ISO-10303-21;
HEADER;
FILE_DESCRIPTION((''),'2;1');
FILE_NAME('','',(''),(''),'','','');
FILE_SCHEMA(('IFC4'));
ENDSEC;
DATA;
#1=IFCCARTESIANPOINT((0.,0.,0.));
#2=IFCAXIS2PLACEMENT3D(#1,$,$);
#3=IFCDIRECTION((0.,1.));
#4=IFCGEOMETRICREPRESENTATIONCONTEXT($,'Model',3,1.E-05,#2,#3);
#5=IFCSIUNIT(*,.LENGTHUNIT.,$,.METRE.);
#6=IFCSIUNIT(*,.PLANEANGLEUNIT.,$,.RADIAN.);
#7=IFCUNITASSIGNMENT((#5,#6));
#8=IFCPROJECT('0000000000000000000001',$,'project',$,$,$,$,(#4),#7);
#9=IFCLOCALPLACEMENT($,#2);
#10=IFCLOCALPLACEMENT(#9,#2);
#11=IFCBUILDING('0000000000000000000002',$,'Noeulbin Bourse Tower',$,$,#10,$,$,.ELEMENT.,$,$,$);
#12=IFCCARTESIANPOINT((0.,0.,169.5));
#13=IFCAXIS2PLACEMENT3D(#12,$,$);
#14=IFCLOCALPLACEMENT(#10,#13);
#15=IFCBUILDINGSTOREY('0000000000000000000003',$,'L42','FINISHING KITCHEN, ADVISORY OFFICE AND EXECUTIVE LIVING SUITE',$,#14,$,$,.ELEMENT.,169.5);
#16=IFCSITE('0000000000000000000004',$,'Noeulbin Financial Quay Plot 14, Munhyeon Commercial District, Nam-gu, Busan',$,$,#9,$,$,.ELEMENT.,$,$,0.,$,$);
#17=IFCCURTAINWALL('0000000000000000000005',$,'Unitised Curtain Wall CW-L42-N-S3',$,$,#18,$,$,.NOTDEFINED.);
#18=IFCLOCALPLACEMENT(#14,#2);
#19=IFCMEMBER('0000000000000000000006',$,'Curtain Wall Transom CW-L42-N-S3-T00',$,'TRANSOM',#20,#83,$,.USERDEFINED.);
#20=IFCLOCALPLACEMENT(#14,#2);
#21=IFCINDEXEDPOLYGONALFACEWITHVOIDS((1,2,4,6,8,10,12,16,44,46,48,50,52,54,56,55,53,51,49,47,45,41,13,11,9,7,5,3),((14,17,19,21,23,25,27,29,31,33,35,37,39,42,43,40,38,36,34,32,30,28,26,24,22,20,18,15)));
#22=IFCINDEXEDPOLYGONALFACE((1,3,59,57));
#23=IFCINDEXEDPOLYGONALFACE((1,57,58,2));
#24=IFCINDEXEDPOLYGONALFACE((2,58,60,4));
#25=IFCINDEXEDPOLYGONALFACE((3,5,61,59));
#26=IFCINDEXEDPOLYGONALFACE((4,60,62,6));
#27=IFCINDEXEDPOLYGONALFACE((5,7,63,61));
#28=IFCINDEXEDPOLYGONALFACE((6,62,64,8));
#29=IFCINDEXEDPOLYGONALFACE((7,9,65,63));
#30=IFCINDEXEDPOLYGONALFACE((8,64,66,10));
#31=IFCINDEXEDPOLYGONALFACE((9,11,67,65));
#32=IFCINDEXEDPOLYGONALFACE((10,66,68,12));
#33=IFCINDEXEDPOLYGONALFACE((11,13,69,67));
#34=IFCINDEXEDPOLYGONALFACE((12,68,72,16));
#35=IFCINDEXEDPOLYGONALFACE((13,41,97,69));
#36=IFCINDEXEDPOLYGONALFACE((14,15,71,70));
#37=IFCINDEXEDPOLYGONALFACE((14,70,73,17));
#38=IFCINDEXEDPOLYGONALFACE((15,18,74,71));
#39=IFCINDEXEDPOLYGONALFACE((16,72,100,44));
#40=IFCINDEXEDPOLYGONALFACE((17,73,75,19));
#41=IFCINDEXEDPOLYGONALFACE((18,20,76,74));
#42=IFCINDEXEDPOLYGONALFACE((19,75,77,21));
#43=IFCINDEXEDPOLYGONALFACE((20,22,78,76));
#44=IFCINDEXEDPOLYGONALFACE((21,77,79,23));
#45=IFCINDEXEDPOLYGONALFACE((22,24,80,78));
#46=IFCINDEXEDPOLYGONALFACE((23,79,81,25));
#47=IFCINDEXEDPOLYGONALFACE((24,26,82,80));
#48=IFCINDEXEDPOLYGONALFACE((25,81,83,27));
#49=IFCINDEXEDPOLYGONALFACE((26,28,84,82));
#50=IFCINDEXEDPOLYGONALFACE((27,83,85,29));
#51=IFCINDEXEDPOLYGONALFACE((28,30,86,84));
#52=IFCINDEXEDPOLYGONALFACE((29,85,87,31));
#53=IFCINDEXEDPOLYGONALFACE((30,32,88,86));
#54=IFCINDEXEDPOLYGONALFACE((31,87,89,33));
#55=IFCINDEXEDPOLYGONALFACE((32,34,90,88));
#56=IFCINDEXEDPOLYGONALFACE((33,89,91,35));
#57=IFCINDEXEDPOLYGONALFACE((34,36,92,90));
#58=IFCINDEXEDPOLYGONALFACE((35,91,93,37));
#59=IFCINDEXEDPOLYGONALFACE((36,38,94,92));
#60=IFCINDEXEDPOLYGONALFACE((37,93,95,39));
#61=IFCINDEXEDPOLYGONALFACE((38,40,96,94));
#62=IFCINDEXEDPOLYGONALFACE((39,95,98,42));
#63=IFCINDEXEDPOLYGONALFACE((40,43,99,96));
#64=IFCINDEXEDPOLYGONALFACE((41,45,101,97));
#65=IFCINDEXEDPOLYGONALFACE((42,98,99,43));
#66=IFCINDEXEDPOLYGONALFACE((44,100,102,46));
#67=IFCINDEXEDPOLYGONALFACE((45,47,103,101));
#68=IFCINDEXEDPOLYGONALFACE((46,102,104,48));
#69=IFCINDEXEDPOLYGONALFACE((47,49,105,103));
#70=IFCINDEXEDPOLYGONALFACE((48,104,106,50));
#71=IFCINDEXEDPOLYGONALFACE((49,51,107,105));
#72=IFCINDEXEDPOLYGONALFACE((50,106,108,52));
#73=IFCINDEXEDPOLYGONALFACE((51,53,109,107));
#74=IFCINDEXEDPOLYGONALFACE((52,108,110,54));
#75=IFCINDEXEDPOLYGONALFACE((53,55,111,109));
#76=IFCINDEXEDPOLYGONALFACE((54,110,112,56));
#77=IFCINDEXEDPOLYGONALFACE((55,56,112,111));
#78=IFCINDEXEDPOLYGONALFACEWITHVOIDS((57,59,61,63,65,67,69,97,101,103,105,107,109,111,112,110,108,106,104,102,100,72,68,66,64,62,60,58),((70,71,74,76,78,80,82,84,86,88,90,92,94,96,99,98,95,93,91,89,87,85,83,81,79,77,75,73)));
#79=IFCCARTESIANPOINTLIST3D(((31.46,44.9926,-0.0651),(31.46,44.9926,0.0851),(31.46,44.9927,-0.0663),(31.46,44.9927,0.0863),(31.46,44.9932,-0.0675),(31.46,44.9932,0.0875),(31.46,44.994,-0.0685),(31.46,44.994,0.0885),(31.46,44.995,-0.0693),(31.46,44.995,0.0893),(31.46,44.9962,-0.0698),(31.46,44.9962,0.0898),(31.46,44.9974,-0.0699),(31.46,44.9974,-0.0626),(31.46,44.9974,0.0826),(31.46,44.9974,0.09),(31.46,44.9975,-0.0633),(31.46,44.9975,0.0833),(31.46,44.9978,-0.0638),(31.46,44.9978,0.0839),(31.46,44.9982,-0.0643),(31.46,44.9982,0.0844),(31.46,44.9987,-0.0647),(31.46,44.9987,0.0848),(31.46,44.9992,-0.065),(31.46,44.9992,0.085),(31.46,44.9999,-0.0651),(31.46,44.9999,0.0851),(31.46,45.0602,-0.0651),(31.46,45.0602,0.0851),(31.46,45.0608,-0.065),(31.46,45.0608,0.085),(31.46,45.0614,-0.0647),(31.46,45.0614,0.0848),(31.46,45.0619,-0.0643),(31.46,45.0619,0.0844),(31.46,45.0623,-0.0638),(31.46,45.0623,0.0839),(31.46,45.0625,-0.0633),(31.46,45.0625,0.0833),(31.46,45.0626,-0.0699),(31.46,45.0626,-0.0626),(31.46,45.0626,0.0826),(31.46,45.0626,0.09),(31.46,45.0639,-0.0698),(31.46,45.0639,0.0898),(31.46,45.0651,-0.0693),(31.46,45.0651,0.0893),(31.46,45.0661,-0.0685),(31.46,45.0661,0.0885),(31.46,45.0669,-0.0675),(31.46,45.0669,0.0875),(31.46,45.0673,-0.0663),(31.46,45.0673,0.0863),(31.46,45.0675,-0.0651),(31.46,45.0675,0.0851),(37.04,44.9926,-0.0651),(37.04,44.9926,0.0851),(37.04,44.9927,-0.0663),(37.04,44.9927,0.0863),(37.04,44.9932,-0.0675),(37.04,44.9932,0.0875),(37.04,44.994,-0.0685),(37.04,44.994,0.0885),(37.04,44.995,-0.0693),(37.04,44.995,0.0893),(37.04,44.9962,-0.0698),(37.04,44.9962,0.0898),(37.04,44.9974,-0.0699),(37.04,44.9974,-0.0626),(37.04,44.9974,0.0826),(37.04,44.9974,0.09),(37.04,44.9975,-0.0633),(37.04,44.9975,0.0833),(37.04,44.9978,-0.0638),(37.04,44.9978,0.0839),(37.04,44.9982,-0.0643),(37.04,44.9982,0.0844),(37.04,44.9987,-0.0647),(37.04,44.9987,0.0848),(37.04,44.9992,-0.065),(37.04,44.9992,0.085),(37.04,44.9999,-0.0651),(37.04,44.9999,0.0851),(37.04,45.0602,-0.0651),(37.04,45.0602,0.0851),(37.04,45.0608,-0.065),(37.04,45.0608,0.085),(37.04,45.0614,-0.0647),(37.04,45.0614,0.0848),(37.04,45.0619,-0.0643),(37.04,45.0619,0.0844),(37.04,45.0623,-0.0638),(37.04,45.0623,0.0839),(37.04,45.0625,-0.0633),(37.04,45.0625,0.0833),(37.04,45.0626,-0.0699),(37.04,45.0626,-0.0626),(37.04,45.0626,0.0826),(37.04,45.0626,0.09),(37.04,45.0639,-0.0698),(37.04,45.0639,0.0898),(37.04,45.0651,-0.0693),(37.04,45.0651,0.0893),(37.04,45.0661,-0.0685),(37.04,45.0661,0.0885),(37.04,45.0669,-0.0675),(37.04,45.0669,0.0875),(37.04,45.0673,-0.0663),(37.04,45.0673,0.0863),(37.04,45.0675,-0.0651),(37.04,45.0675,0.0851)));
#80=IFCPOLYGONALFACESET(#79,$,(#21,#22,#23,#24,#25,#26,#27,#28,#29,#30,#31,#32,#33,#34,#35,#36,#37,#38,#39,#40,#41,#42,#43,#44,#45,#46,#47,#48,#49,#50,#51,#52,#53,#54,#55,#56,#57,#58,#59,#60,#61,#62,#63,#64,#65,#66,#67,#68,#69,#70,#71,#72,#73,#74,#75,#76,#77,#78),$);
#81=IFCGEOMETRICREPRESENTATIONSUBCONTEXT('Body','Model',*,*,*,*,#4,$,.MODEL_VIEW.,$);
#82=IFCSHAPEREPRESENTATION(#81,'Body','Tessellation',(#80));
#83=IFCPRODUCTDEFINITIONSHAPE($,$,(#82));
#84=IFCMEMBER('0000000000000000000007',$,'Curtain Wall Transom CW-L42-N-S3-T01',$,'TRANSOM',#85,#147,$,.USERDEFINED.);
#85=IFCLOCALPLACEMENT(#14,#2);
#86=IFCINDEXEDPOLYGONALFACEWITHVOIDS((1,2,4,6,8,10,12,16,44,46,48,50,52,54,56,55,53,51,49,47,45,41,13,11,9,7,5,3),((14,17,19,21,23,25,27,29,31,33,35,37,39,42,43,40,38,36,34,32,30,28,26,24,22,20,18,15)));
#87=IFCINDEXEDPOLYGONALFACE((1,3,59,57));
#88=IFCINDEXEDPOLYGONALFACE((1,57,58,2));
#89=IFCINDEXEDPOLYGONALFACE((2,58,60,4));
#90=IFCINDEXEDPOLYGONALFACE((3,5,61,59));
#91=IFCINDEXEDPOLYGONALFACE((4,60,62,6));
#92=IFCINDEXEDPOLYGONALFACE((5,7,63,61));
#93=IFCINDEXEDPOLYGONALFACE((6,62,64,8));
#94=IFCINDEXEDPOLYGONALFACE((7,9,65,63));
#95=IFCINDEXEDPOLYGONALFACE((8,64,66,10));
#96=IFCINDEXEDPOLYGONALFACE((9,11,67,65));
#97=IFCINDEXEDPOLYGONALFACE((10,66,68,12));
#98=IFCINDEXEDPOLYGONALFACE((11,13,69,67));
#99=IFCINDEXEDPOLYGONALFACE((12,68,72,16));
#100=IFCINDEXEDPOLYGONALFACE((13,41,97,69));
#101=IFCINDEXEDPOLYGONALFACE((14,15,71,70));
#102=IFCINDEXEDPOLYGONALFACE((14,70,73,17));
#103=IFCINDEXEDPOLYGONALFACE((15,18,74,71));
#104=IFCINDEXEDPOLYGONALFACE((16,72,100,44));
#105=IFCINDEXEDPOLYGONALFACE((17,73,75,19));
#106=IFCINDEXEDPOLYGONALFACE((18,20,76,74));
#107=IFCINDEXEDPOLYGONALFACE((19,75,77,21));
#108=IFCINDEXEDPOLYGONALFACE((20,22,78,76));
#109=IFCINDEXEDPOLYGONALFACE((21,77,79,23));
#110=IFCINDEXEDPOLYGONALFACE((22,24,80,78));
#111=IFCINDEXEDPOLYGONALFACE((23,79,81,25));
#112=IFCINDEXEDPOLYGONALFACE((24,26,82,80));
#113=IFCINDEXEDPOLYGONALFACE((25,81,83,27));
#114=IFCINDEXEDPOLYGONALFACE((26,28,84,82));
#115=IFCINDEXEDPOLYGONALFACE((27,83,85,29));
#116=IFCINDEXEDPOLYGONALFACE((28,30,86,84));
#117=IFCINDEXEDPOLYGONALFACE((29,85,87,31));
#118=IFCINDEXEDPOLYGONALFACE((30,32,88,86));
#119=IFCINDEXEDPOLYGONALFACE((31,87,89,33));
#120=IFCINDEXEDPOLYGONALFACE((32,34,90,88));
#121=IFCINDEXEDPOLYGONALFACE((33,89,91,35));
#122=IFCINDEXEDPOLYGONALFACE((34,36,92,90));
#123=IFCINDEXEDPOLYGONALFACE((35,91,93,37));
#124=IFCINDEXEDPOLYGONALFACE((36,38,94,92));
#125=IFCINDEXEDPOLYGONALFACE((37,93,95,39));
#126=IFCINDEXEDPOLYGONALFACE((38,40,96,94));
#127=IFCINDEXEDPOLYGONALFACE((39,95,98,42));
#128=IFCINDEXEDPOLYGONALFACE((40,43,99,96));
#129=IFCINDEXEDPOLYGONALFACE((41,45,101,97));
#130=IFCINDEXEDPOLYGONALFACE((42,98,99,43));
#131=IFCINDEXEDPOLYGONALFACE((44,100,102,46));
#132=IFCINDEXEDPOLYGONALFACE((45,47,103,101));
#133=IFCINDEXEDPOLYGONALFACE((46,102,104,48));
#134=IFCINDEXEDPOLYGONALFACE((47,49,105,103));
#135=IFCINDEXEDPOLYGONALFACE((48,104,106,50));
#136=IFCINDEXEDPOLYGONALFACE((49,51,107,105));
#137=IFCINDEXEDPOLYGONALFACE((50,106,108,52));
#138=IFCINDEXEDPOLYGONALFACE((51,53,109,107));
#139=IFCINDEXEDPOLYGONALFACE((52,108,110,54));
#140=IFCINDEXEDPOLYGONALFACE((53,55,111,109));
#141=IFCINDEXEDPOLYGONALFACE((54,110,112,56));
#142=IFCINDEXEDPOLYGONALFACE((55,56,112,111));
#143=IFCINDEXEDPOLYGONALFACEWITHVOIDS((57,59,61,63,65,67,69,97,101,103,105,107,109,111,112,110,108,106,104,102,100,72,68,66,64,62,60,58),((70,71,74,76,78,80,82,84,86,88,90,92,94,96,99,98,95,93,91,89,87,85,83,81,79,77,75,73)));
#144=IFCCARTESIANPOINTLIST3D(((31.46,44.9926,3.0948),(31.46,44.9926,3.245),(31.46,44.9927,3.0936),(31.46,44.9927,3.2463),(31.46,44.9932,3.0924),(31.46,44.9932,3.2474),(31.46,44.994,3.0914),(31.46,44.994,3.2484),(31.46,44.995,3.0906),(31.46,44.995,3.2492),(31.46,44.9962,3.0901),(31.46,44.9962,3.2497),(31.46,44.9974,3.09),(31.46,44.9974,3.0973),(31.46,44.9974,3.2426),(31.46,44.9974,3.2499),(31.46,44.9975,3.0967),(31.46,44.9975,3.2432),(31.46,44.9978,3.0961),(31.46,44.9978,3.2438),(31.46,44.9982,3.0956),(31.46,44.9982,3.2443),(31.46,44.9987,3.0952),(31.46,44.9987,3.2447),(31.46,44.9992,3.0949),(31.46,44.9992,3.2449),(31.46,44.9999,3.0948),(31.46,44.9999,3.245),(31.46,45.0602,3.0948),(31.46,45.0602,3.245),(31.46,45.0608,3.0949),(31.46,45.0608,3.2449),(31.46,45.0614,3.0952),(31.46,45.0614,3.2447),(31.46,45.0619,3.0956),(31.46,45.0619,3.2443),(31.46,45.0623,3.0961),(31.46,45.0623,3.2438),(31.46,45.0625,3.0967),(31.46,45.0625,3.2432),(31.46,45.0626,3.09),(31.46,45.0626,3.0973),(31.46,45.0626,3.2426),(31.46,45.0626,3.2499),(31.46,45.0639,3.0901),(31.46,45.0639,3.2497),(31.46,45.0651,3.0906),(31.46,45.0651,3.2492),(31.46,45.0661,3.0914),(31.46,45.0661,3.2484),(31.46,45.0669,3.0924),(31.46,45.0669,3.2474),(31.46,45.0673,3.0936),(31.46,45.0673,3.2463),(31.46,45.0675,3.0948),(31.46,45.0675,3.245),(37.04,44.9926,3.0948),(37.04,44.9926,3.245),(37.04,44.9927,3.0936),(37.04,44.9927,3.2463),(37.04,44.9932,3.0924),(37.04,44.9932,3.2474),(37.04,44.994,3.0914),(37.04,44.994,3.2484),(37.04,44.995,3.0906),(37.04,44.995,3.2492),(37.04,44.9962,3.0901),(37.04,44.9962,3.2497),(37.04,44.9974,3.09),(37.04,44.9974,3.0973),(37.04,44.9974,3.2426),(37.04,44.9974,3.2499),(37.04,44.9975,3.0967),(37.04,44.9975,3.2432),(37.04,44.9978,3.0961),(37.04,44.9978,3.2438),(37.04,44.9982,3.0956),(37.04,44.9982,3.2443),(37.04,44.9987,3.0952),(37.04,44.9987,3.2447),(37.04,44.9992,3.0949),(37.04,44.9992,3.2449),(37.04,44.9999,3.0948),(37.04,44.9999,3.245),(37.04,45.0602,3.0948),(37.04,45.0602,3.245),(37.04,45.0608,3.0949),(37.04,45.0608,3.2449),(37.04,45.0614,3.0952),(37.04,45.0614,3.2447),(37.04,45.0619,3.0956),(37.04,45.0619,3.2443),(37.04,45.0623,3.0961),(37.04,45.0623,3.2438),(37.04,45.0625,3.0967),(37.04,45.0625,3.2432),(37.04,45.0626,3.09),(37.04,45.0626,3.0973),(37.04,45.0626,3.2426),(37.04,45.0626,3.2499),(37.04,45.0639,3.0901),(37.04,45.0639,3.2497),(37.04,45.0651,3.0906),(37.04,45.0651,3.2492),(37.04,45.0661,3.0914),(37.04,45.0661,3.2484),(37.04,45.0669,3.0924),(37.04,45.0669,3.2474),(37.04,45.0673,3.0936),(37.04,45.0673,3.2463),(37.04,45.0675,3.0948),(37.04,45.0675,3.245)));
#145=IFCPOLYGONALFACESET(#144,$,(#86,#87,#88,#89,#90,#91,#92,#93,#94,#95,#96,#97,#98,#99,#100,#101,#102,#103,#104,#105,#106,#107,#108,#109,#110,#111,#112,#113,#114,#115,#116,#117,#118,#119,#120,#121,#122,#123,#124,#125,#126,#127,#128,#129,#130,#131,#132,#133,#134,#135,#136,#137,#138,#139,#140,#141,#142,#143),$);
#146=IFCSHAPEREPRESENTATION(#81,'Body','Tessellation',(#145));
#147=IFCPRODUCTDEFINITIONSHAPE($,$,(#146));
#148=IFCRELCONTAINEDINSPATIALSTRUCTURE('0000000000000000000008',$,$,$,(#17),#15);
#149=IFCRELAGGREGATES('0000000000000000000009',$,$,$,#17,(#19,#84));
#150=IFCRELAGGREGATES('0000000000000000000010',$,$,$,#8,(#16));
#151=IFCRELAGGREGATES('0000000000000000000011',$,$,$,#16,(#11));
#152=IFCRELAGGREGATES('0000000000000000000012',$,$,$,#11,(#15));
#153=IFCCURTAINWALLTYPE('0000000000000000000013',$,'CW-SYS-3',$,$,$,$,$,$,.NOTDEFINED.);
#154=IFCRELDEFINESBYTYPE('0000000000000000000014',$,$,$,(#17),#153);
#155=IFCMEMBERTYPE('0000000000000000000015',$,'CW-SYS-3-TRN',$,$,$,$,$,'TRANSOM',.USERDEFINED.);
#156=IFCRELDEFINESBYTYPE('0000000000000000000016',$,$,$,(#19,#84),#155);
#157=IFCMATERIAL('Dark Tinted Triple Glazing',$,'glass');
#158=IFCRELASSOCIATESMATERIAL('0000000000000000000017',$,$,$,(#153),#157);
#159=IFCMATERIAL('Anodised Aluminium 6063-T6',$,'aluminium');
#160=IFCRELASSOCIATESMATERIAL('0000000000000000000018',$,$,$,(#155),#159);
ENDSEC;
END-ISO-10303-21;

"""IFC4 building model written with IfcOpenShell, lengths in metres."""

from ifc_helpers import new_model, si_unit, direction, frame, origin, origin_2d, place, context, subcontext, project, spatial, hollow_rectangle, extrude, material, material_profile, profile_set, type_object, element, aggregate, save


model = new_model("IFC4")

# Units and contexts
model_context = context("Model", 3, precision=1e-05, world=origin(), true_north=direction((0.0, 1.0)))
body_context = subcontext(model_context, "Body", "Model", "MODEL_VIEW")
ifc_project = project(units=[si_unit("LENGTHUNIT", "METRE"), si_unit("PLANEANGLEUNIT", "RADIAN")], contexts=[model_context])

# Site, building, storey
site_placement = place(None, origin())
site = spatial("IfcSite", under=ifc_project, at=site_placement, Name="Noeulbin Financial Quay Plot 14, Munhyeon Commercial District, Nam-gu, Busan", CompositionType="ELEMENT", RefElevation=0.0)
building_placement = place(site_placement, origin())
building = spatial("IfcBuilding", under=site, at=building_placement, Name="Noeulbin Bourse Tower", CompositionType="ELEMENT")
storey_placement = place(building_placement, frame((0.0, 0.0, 169.5)))
storey = spatial("IfcBuildingStorey", under=building, at=storey_placement, Name="L42", Description="FINISHING KITCHEN, ADVISORY OFFICE AND EXECUTIVE LIVING SUITE", CompositionType="ELEMENT", Elevation=169.5)

# Curtain wall
ifc_material_1 = material(Name="Dark Tinted Triple Glazing", Category="glass")
curtain_wall_type = type_object("IfcCurtainWallType", Name="CW-SYS-3", PredefinedType="NOTDEFINED", material=ifc_material_1)
curtain_wall_1_placement = place(storey_placement, origin())
curtain_wall_1 = element("IfcCurtainWall", 1, at=curtain_wall_1_placement, inside=storey, type_object=curtain_wall_type, Name="Unitised Curtain Wall CW-L42-N-S3", PredefinedType="NOTDEFINED")
ifc_material_2 = material(Name="Anodised Aluminium 6063-T6", Category="aluminium")

# Members
ifc_material_profile_1 = material_profile(ifc_material_2, hollow_rectangle(XDim=0.075, YDim=0.1599, WallThickness=0.0049, InnerFilletRadius=0.0024, OuterFilletRadius=0.0049, at=origin_2d()), Name="ALU-TRAN-75x160x5", Category="LoadBearing")
ifc_profile_set_1 = profile_set([ifc_material_profile_1], Name="Anodised Aluminium 6063-T6")
member_type_1 = type_object("IfcMemberType", Name="CW-SYS-3-TRN", ElementType="TRANSOM", PredefinedType="USERDEFINED", material=ifc_profile_set_1)
member_1_placement = place(storey_placement, frame((31.46, 45.03, 0.01), z_axis=(1.0, 0.0, 0.0), x_axis=(0.0, 1.0, 0.0)))
member_1 = element("IfcMember", 2, at=member_1_placement, type_object=member_type_1, Name="Curtain Wall Transom CW-L42-N-S3-T00", ObjectType="TRANSOM", PredefinedType="USERDEFINED", context=body_context, shape_type="SweptSolid", body=[
    extrude(hollow_rectangle(XDim=0.075, YDim=0.1599, WallThickness=0.0049, InnerFilletRadius=0.0024, OuterFilletRadius=0.0049, at=origin_2d()), origin(), (0.0, 0.0, 1.0), 5.5801),
])
member_2_placement = place(storey_placement, frame((31.46, 45.03, 3.1699), z_axis=(1.0, 0.0, 0.0), x_axis=(0.0, 1.0, 0.0)))
member_2 = element("IfcMember", 3, at=member_2_placement, type_object=member_type_1, Name="Curtain Wall Transom CW-L42-N-S3-T01", ObjectType="TRANSOM", PredefinedType="USERDEFINED", context=body_context, shape_type="SweptSolid", body=[
    extrude(hollow_rectangle(XDim=0.075, YDim=0.1599, WallThickness=0.0049, InnerFilletRadius=0.0024, OuterFilletRadius=0.0049, at=origin_2d()), origin(), (0.0, 0.0, 1.0), 5.5801),
])

aggregate(curtain_wall_1, [member_1, member_2])

save(model, "model.ifc")
